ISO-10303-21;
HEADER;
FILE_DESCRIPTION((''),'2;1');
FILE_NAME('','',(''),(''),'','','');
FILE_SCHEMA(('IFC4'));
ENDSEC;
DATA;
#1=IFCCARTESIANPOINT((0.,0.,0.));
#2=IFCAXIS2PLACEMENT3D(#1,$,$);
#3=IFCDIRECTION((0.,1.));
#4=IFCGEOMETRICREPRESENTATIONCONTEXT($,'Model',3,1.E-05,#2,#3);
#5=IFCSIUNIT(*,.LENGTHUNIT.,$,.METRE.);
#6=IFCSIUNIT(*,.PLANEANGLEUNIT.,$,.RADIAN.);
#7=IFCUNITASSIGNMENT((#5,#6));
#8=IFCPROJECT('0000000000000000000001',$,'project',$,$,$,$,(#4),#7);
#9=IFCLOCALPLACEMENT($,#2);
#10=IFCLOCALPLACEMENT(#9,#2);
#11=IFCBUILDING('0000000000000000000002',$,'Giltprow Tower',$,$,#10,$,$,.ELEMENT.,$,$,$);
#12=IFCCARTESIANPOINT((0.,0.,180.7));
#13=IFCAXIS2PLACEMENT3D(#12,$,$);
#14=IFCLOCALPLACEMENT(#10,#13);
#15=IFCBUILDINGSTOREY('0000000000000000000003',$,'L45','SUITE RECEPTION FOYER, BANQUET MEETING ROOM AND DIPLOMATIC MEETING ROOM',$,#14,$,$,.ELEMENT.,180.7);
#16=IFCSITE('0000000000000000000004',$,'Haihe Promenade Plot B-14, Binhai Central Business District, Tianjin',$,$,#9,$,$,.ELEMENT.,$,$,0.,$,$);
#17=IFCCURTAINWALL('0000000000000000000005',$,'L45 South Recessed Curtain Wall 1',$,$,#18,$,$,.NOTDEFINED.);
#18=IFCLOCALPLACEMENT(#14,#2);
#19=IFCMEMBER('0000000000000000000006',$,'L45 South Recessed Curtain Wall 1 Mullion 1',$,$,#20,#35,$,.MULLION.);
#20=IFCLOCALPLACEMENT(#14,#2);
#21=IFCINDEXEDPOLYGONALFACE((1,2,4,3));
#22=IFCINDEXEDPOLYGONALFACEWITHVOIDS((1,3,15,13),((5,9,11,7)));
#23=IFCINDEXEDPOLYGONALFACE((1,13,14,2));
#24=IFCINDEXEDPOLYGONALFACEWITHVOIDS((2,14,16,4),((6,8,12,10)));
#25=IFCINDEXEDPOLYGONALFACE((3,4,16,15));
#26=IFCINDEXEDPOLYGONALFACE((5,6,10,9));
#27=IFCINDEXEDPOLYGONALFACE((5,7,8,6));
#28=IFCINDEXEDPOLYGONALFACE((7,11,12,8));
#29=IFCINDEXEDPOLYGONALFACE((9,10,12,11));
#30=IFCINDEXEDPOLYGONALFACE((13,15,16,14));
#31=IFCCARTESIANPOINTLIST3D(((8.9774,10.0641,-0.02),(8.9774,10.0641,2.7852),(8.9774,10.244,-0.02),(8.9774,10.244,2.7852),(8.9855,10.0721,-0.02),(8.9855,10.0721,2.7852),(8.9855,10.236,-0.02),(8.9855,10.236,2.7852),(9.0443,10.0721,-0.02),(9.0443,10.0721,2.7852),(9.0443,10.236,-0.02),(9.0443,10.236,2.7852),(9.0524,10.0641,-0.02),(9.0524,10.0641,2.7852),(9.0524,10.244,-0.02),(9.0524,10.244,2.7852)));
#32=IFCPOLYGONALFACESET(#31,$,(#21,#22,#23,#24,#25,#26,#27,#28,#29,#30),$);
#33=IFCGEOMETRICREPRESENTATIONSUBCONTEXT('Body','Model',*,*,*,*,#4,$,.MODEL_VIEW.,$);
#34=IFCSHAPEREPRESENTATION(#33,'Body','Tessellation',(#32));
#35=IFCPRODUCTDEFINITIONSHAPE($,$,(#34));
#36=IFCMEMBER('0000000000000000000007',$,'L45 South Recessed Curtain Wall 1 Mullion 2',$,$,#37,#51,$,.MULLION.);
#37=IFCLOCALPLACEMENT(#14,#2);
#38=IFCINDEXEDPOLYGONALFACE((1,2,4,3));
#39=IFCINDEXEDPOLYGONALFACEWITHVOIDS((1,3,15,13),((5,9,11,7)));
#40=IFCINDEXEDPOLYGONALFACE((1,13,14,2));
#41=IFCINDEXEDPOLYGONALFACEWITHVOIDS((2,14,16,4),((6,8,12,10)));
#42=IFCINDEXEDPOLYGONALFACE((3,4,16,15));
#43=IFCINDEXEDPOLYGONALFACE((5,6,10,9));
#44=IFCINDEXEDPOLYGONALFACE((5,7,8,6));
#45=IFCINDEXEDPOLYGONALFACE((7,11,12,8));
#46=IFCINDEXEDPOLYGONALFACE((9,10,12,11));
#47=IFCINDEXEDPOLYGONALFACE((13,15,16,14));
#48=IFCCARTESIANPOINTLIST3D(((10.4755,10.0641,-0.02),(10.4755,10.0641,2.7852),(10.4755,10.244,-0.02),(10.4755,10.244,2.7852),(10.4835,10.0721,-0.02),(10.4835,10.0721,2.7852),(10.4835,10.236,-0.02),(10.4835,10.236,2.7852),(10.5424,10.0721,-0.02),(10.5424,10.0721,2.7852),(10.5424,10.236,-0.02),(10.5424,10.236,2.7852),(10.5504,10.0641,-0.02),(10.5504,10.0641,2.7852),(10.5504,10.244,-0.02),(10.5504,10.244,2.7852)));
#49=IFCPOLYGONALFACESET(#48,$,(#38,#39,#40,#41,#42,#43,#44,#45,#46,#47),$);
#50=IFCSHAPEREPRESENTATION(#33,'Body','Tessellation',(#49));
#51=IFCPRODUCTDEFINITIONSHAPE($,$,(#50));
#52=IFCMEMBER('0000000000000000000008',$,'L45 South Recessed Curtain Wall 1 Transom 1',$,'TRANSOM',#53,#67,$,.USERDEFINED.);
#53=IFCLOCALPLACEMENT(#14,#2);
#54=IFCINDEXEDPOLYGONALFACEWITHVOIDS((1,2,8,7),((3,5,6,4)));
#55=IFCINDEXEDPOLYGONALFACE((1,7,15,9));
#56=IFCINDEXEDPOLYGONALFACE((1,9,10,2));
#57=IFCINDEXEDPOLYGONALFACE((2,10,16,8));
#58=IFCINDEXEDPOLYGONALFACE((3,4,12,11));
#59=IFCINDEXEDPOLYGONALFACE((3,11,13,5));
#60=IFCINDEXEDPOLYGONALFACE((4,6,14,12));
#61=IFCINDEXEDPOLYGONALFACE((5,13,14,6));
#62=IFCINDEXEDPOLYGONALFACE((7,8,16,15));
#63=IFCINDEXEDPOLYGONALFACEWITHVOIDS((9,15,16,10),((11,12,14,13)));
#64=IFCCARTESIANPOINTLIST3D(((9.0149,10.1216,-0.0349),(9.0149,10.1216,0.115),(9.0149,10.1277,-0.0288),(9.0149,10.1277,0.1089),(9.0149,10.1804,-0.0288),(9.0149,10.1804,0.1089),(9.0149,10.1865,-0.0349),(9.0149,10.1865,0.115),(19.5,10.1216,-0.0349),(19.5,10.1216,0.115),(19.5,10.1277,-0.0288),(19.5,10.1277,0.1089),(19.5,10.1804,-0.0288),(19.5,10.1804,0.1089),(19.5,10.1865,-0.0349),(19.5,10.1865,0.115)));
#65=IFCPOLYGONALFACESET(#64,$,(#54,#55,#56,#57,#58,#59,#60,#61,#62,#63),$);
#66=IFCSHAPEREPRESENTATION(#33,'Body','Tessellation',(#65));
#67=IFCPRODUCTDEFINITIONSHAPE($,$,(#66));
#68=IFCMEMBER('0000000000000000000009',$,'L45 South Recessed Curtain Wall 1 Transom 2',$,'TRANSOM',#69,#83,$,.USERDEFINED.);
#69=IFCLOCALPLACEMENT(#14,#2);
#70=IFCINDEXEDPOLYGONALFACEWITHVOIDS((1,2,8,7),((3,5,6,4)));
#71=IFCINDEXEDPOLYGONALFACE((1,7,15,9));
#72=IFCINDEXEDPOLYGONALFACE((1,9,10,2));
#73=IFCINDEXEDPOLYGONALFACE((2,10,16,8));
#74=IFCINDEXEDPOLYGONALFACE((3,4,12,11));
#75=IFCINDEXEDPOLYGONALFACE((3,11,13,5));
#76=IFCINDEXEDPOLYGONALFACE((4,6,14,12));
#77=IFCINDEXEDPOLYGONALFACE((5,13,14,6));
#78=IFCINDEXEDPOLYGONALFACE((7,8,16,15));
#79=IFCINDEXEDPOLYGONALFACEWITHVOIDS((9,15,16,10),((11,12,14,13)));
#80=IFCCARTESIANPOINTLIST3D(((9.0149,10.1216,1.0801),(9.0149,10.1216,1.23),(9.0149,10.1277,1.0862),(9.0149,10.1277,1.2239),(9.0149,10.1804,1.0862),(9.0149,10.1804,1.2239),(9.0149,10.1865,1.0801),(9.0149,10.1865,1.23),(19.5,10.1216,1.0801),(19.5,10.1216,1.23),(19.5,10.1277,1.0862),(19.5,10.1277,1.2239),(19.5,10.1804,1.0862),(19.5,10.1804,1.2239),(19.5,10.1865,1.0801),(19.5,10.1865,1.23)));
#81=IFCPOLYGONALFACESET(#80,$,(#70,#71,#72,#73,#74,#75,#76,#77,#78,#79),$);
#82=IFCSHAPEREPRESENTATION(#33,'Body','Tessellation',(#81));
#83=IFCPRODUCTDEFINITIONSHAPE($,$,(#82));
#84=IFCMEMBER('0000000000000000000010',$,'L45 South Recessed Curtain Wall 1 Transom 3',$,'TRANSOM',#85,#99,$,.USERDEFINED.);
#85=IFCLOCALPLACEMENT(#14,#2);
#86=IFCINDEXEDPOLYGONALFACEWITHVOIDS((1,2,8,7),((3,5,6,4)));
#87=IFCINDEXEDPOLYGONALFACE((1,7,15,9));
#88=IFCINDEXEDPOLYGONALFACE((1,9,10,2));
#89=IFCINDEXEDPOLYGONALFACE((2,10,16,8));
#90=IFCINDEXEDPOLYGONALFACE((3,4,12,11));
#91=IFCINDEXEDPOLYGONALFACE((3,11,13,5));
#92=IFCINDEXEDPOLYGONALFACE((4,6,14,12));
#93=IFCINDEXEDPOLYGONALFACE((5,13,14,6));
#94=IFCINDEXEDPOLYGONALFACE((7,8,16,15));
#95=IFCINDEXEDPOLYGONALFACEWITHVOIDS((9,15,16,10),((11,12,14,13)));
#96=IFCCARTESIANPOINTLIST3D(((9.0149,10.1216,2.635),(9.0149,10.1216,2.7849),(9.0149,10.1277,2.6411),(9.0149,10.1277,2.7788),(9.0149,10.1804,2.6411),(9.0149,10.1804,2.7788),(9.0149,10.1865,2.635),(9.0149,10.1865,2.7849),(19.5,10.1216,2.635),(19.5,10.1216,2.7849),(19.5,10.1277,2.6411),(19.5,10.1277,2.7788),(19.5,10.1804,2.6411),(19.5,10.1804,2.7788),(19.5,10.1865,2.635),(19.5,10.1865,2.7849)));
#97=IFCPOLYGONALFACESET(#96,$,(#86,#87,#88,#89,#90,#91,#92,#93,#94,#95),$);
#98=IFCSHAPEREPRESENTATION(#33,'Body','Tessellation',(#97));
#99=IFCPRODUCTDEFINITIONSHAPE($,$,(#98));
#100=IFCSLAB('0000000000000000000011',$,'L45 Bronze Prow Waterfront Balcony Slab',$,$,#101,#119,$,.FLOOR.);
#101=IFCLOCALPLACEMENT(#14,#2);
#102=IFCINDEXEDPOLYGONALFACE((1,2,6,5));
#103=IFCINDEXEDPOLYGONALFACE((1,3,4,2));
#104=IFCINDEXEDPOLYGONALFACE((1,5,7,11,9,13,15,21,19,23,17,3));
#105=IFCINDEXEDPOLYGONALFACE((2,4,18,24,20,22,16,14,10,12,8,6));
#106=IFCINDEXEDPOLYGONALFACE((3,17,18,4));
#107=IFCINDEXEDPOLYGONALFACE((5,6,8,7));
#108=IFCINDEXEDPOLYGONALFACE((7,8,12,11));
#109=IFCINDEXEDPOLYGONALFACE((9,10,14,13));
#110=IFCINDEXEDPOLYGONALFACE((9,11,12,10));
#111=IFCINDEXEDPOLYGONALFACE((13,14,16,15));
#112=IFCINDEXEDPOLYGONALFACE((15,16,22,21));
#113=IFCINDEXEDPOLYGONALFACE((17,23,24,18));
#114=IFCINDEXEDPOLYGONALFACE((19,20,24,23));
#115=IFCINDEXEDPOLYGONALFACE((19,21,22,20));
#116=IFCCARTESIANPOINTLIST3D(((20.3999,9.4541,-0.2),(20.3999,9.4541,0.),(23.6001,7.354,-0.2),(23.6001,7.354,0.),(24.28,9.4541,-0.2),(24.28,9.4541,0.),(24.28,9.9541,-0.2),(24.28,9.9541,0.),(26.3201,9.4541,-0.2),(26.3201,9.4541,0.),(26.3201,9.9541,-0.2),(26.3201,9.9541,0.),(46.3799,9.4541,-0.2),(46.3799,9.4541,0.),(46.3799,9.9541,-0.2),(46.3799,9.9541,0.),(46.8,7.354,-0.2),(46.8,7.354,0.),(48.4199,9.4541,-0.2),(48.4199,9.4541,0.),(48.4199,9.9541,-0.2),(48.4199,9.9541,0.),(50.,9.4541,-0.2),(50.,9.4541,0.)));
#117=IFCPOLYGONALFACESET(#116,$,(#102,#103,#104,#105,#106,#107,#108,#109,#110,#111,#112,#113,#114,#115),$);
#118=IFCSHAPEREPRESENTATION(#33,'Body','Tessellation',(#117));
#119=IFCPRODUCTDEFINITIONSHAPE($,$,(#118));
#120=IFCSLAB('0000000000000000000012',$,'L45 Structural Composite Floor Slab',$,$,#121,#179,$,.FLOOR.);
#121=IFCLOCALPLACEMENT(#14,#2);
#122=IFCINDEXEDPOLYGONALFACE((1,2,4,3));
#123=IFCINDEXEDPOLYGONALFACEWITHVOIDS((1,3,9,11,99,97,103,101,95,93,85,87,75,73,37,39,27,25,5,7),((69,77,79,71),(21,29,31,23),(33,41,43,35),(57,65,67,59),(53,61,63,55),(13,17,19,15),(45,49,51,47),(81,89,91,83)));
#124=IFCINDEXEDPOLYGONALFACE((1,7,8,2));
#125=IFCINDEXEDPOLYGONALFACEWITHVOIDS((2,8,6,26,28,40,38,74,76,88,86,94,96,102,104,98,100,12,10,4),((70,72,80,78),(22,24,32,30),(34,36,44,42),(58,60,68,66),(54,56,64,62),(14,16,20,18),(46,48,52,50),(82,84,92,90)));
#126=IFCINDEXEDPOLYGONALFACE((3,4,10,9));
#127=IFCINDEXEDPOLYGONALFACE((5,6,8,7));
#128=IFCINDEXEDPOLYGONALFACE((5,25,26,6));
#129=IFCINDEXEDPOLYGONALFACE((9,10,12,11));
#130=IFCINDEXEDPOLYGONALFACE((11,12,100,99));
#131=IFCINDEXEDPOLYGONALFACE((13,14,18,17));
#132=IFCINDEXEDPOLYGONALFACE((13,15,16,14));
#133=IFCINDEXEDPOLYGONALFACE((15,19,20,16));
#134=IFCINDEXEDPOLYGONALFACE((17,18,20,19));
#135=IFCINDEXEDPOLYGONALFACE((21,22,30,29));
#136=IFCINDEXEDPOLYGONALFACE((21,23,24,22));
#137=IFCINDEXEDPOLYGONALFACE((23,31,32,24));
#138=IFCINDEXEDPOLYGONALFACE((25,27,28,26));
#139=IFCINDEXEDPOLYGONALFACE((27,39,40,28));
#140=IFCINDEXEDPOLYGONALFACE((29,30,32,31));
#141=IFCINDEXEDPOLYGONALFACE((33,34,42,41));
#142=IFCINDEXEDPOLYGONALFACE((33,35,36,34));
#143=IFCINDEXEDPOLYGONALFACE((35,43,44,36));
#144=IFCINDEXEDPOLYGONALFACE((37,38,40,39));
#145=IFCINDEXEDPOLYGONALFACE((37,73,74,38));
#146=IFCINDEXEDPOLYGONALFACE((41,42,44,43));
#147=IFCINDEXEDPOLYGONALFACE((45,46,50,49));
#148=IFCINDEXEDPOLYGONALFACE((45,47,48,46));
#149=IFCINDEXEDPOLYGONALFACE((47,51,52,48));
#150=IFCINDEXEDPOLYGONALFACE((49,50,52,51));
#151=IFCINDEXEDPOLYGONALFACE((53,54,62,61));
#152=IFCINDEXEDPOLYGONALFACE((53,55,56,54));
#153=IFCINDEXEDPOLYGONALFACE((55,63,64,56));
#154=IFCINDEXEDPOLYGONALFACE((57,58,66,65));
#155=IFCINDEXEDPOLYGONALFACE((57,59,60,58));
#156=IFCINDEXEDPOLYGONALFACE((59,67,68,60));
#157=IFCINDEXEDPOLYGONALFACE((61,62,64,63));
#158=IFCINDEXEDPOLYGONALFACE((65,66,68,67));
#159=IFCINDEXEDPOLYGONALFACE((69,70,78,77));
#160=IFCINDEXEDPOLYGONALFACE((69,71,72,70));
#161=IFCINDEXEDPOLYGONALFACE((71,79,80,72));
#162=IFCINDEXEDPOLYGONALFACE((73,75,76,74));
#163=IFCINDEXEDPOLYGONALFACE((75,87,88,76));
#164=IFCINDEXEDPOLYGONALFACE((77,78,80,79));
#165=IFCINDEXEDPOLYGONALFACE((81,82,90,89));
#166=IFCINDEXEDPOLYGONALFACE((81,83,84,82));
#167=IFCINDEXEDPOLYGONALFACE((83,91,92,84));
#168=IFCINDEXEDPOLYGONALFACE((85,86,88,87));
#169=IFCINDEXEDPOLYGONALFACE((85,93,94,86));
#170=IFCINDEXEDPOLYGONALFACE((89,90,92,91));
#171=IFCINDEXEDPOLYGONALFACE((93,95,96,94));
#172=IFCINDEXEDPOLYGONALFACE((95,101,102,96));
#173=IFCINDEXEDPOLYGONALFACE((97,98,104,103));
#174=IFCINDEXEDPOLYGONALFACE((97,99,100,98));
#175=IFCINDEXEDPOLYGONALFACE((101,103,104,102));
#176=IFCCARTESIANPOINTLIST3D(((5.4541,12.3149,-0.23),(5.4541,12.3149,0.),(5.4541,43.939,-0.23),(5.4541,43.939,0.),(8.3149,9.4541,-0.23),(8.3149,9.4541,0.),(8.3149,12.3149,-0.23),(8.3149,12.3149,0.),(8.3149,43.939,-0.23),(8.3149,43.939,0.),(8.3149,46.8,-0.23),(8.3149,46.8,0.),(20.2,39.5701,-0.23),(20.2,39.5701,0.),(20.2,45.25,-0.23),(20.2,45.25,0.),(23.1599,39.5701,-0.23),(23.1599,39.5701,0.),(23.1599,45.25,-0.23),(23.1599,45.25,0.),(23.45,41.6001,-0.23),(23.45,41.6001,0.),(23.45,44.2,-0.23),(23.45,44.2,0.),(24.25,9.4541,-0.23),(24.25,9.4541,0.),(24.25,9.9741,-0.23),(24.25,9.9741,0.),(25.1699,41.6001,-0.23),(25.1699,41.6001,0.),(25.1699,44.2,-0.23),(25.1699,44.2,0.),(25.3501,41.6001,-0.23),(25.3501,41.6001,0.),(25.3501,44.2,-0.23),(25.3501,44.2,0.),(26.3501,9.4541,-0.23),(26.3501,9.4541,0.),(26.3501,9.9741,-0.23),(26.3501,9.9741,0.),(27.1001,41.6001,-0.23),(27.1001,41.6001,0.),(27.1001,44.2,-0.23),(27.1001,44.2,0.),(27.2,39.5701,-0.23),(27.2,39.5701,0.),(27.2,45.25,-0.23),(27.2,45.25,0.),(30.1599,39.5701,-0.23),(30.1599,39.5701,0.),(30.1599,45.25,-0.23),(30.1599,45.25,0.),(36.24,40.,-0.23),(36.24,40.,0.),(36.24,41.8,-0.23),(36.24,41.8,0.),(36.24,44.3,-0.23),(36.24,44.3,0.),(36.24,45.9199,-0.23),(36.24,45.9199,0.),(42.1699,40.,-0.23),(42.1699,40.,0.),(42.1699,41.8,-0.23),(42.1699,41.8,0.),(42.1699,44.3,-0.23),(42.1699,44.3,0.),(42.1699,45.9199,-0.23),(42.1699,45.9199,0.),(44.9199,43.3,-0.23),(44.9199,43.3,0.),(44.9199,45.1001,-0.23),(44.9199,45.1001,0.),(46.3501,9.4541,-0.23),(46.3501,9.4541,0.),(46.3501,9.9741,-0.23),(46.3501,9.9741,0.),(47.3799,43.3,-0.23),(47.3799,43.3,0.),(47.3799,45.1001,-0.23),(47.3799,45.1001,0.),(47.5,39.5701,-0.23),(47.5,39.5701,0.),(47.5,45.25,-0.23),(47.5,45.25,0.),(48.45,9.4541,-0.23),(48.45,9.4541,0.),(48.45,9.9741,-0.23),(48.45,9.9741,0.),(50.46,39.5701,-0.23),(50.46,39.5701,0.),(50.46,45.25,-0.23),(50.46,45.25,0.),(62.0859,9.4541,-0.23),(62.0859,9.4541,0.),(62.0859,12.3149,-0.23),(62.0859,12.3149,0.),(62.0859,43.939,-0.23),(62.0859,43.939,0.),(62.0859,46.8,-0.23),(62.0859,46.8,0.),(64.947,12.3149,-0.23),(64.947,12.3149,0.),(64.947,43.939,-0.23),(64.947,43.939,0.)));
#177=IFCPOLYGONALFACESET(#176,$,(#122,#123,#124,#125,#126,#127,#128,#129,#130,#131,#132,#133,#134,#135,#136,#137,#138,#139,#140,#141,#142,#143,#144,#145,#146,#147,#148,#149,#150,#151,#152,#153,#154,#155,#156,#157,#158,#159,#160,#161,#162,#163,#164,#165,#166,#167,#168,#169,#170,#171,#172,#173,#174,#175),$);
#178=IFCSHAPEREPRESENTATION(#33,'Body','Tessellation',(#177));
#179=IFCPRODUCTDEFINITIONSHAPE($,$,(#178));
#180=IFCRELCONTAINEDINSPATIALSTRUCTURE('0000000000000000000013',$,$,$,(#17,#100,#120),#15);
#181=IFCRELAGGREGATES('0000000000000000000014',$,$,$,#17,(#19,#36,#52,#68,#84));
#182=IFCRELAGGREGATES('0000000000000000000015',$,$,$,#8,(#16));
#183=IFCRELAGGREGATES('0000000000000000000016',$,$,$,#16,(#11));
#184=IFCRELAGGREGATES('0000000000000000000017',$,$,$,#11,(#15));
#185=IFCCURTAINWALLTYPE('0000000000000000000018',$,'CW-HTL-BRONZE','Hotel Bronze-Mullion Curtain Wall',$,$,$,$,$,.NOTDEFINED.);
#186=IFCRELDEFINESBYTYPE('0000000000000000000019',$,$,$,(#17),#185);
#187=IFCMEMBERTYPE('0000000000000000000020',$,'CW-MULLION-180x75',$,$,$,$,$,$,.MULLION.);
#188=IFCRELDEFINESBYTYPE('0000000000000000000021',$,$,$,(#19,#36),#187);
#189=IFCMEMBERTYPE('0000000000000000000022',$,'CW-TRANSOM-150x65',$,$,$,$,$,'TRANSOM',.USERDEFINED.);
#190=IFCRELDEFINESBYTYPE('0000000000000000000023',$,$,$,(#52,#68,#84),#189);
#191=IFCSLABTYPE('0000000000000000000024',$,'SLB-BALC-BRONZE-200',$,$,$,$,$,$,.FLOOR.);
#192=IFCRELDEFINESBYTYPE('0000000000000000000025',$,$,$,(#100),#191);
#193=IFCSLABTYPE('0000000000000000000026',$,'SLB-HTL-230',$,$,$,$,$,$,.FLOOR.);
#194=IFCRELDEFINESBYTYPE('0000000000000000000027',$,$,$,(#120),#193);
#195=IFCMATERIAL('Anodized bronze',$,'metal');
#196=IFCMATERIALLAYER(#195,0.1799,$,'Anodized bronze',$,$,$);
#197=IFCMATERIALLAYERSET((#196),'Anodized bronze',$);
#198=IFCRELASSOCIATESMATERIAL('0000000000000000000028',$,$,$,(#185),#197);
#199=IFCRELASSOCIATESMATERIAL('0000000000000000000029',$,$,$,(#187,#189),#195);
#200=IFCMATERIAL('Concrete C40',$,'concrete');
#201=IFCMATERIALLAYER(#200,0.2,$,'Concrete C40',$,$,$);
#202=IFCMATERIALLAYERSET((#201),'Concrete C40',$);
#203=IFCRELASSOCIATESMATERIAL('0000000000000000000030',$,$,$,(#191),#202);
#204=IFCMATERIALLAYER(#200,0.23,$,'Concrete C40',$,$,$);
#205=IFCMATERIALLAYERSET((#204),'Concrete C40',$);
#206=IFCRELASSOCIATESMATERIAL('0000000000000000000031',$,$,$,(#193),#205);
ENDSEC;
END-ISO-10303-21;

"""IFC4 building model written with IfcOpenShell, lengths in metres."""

from ifc_helpers import new_model, si_unit, direction, frame, origin, origin_2d, place, context, subcontext, project, spatial, polyline, hollow_rectangle, outline, extrude, source, transform, mapped, material, layer, layer_set, material_profile, profile_set, type_object, element, aggregate, save


model = new_model("IFC4")

# Units and contexts
model_context = context("Model", 3, precision=1e-05, world=origin(), true_north=direction((0.0, 1.0)))
body_context = subcontext(model_context, "Body", "Model", "MODEL_VIEW")
ifc_project = project(units=[si_unit("LENGTHUNIT", "METRE"), si_unit("PLANEANGLEUNIT", "RADIAN")], contexts=[model_context])

# Site, building, storey
site_placement = place(None, origin())
site = spatial("IfcSite", under=ifc_project, at=site_placement, Name="Haihe Promenade Plot B-14, Binhai Central Business District, Tianjin", CompositionType="ELEMENT", RefElevation=0.0)
building_placement = place(site_placement, origin())
building = spatial("IfcBuilding", under=site, at=building_placement, Name="Giltprow Tower", CompositionType="ELEMENT")
storey_placement = place(building_placement, frame((0.0, 0.0, 180.7)))
storey = spatial("IfcBuildingStorey", under=building, at=storey_placement, Name="L45", Description="SUITE RECEPTION FOYER, BANQUET MEETING ROOM AND DIPLOMATIC MEETING ROOM", CompositionType="ELEMENT", Elevation=180.7)

# Curtain wall, members
ifc_material_1 = material(Name="Anodized bronze", Category="metal")
ifc_layer_1 = layer(ifc_material_1, 0.1799, Name="Anodized bronze")
ifc_layer_set_1 = layer_set([ifc_layer_1], Name="Anodized bronze")
curtain_wall_type = type_object("IfcCurtainWallType", Name="CW-HTL-BRONZE", Description="Hotel Bronze-Mullion Curtain Wall", PredefinedType="NOTDEFINED", material=ifc_layer_set_1)
curtain_wall_placement = place(storey_placement, origin())
curtain_wall = element("IfcCurtainWall", 1, at=curtain_wall_placement, inside=storey, type_object=curtain_wall_type, Name="L45 South Recessed Curtain Wall 1", PredefinedType="NOTDEFINED")
ifc_material_profile_1 = material_profile(ifc_material_1, hollow_rectangle(XDim=0.075, YDim=0.1799, WallThickness=0.0081, at=origin_2d()), Name="RHS 180x75x8")
ifc_profile_set_1 = profile_set([ifc_material_profile_1], Name="Anodized bronze")
member_type_1 = type_object("IfcMemberType", Name="CW-MULLION-180x75", PredefinedType="MULLION", material=ifc_profile_set_1)
shared_shape_1 = source(origin(), body_context, "Body", "SweptSolid", [
    extrude(hollow_rectangle(XDim=0.075, YDim=0.1799, WallThickness=0.0081, at=origin_2d()), origin(), (0.0, 0.0, 1.0), 2.8052),
])
member_1_placement = place(storey_placement, frame((9.0149, 10.1541, -0.02), z_axis=(0.0, 0.0, 1.0), x_axis=(1.0, 0.0, 0.0)))
member_1 = element("IfcMember", 2, at=member_1_placement, type_object=member_type_1, Name="L45 South Recessed Curtain Wall 1 Mullion 1", PredefinedType="MULLION", context=body_context, shape_type="MappedRepresentation", body=[
    mapped(shared_shape_1, transform((0.0, 0.0, 0.0), x_axis=(1.0, 0.0, 0.0), y_axis=(0.0, 1.0, 0.0), z_axis=(0.0, 0.0, 1.0), scale=1.0)),
])
member_2_placement = place(storey_placement, frame((10.5129, 10.1541, -0.02), z_axis=(0.0, 0.0, 1.0), x_axis=(1.0, 0.0, 0.0)))
member_2 = element("IfcMember", 3, at=member_2_placement, type_object=member_type_1, Name="L45 South Recessed Curtain Wall 1 Mullion 2", PredefinedType="MULLION", context=body_context, shape_type="MappedRepresentation", body=[
    mapped(shared_shape_1, transform((0.0, 0.0, 0.0), x_axis=(1.0, 0.0, 0.0), y_axis=(0.0, 1.0, 0.0), z_axis=(0.0, 0.0, 1.0), scale=1.0)),
])
ifc_material_profile_2 = material_profile(ifc_material_1, hollow_rectangle(XDim=0.0649, YDim=0.1499, WallThickness=0.0061, at=origin_2d()), Name="RHS 150x65x6")
ifc_profile_set_2 = profile_set([ifc_material_profile_2], Name="Anodized bronze")
member_type_2 = type_object("IfcMemberType", Name="CW-TRANSOM-150x65", ElementType="TRANSOM", PredefinedType="USERDEFINED", material=ifc_profile_set_2)
shared_shape_2 = source(origin(), body_context, "Body", "SweptSolid", [
    extrude(hollow_rectangle(XDim=0.0649, YDim=0.1499, WallThickness=0.0061, at=origin_2d()), origin(), (0.0, 0.0, 1.0), 10.4851),
])
member_3_placement = place(storey_placement, frame((9.0149, 10.1541, 0.04), z_axis=(1.0, 0.0, 0.0), x_axis=(0.0, 1.0, 0.0)))
member_3 = element("IfcMember", 4, at=member_3_placement, type_object=member_type_2, Name="L45 South Recessed Curtain Wall 1 Transom 1", ObjectType="TRANSOM", PredefinedType="USERDEFINED", context=body_context, shape_type="MappedRepresentation", body=[
    mapped(shared_shape_2, transform((0.0, 0.0, 0.0), x_axis=(1.0, 0.0, 0.0), y_axis=(0.0, 1.0, 0.0), z_axis=(0.0, 0.0, 1.0), scale=1.0)),
])
member_4_placement = place(storey_placement, frame((9.0149, 10.1541, 1.155), z_axis=(1.0, 0.0, 0.0), x_axis=(0.0, 1.0, 0.0)))
member_4 = element("IfcMember", 5, at=member_4_placement, type_object=member_type_2, Name="L45 South Recessed Curtain Wall 1 Transom 2", ObjectType="TRANSOM", PredefinedType="USERDEFINED", context=body_context, shape_type="MappedRepresentation", body=[
    mapped(shared_shape_2, transform((0.0, 0.0, 0.0), x_axis=(1.0, 0.0, 0.0), y_axis=(0.0, 1.0, 0.0), z_axis=(0.0, 0.0, 1.0), scale=1.0)),
])
member_5_placement = place(storey_placement, frame((9.0149, 10.1541, 2.71), z_axis=(1.0, 0.0, 0.0), x_axis=(0.0, 1.0, 0.0)))
member_5 = element("IfcMember", 6, at=member_5_placement, type_object=member_type_2, Name="L45 South Recessed Curtain Wall 1 Transom 3", ObjectType="TRANSOM", PredefinedType="USERDEFINED", context=body_context, shape_type="MappedRepresentation", body=[
    mapped(shared_shape_2, transform((0.0, 0.0, 0.0), x_axis=(1.0, 0.0, 0.0), y_axis=(0.0, 1.0, 0.0), z_axis=(0.0, 0.0, 1.0), scale=1.0)),
])

# Slabs
ifc_material_2 = material(Name="Concrete C40", Category="concrete")
ifc_layer_2 = layer(ifc_material_2, 0.2, Name="Concrete C40")
ifc_layer_set_2 = layer_set([ifc_layer_2], Name="Concrete C40")
slab_type_1 = type_object("IfcSlabType", Name="SLB-BALC-BRONZE-200", PredefinedType="FLOOR", material=ifc_layer_set_2)
slab_1_placement = place(storey_placement, frame((0.0, 0.0, -0.2)))
element("IfcSlab", 7, at=slab_1_placement, inside=storey, type_object=slab_type_1, Name="L45 Bronze Prow Waterfront Balcony Slab", PredefinedType="FLOOR", context=body_context, shape_type="SweptSolid", body=[
    extrude(outline(polyline([(50.0, 9.4541), (46.8, 7.354), (23.6001, 7.354), (20.3999, 9.4541), (24.28, 9.4541), (24.28, 9.9541), (26.3201, 9.9541), (26.3201, 9.4541), (46.3799, 9.4541), (46.3799, 9.9541), (48.4199, 9.9541), (48.4199, 9.4541), (50.0, 9.4541)])), origin(), (0.0, 0.0, 1.0), 0.2),
])
ifc_layer_3 = layer(ifc_material_2, 0.23, Name="Concrete C40")
ifc_layer_set_3 = layer_set([ifc_layer_3], Name="Concrete C40")
slab_type_2 = type_object("IfcSlabType", Name="SLB-HTL-230", PredefinedType="FLOOR", material=ifc_layer_set_3)
slab_2_placement = place(storey_placement, frame((0.0, 0.0, -0.23)))
element("IfcSlab", 8, at=slab_2_placement, inside=storey, type_object=slab_type_2, Name="L45 Structural Composite Floor Slab", PredefinedType="FLOOR", context=body_context, shape_type="SweptSolid", body=[
    extrude(outline(polyline([(8.3149, 9.4541), (8.3149, 12.3149), (5.4541, 12.3149), (5.4541, 43.939), (8.3149, 43.939), (8.3149, 46.8), (62.0859, 46.8), (62.0859, 43.939), (64.947, 43.939), (64.947, 12.3149), (62.0859, 12.3149), (62.0859, 9.4541), (48.45, 9.4541), (48.45, 9.9741), (46.3501, 9.9741), (46.3501, 9.4541), (26.3501, 9.4541), (26.3501, 9.9741), (24.25, 9.9741), (24.25, 9.4541), (8.3149, 9.4541)]), holes=[polyline([(42.1699, 41.8), (36.24, 41.8), (36.24, 40.0), (42.1699, 40.0), (42.1699, 41.8)]), polyline([(23.1599, 39.5701), (23.1599, 45.25), (20.2, 45.25), (20.2, 39.5701), (23.1599, 39.5701)]), polyline([(30.1599, 39.5701), (30.1599, 45.25), (27.2, 45.25), (27.2, 39.5701), (30.1599, 39.5701)]), polyline([(50.46, 45.25), (47.5, 45.25), (47.5, 39.5701), (50.46, 39.5701), (50.46, 45.25)]), polyline([(25.1699, 44.2), (23.45, 44.2), (23.45, 41.6001), (25.1699, 41.6001), (25.1699, 44.2)]), polyline([(27.1001, 44.2), (25.3501, 44.2), (25.3501, 41.6001), (27.1001, 41.6001), (27.1001, 44.2)]), polyline([(47.3799, 43.3), (47.3799, 45.1001), (44.9199, 45.1001), (44.9199, 43.3), (47.3799, 43.3)]), polyline([(42.1699, 44.3), (42.1699, 45.9199), (36.24, 45.9199), (36.24, 44.3), (42.1699, 44.3)])]), origin(), (0.0, 0.0, 1.0), 0.23),
])

aggregate(curtain_wall, [member_1, member_2, member_3, member_4, member_5])

save(model, "model.ifc")
